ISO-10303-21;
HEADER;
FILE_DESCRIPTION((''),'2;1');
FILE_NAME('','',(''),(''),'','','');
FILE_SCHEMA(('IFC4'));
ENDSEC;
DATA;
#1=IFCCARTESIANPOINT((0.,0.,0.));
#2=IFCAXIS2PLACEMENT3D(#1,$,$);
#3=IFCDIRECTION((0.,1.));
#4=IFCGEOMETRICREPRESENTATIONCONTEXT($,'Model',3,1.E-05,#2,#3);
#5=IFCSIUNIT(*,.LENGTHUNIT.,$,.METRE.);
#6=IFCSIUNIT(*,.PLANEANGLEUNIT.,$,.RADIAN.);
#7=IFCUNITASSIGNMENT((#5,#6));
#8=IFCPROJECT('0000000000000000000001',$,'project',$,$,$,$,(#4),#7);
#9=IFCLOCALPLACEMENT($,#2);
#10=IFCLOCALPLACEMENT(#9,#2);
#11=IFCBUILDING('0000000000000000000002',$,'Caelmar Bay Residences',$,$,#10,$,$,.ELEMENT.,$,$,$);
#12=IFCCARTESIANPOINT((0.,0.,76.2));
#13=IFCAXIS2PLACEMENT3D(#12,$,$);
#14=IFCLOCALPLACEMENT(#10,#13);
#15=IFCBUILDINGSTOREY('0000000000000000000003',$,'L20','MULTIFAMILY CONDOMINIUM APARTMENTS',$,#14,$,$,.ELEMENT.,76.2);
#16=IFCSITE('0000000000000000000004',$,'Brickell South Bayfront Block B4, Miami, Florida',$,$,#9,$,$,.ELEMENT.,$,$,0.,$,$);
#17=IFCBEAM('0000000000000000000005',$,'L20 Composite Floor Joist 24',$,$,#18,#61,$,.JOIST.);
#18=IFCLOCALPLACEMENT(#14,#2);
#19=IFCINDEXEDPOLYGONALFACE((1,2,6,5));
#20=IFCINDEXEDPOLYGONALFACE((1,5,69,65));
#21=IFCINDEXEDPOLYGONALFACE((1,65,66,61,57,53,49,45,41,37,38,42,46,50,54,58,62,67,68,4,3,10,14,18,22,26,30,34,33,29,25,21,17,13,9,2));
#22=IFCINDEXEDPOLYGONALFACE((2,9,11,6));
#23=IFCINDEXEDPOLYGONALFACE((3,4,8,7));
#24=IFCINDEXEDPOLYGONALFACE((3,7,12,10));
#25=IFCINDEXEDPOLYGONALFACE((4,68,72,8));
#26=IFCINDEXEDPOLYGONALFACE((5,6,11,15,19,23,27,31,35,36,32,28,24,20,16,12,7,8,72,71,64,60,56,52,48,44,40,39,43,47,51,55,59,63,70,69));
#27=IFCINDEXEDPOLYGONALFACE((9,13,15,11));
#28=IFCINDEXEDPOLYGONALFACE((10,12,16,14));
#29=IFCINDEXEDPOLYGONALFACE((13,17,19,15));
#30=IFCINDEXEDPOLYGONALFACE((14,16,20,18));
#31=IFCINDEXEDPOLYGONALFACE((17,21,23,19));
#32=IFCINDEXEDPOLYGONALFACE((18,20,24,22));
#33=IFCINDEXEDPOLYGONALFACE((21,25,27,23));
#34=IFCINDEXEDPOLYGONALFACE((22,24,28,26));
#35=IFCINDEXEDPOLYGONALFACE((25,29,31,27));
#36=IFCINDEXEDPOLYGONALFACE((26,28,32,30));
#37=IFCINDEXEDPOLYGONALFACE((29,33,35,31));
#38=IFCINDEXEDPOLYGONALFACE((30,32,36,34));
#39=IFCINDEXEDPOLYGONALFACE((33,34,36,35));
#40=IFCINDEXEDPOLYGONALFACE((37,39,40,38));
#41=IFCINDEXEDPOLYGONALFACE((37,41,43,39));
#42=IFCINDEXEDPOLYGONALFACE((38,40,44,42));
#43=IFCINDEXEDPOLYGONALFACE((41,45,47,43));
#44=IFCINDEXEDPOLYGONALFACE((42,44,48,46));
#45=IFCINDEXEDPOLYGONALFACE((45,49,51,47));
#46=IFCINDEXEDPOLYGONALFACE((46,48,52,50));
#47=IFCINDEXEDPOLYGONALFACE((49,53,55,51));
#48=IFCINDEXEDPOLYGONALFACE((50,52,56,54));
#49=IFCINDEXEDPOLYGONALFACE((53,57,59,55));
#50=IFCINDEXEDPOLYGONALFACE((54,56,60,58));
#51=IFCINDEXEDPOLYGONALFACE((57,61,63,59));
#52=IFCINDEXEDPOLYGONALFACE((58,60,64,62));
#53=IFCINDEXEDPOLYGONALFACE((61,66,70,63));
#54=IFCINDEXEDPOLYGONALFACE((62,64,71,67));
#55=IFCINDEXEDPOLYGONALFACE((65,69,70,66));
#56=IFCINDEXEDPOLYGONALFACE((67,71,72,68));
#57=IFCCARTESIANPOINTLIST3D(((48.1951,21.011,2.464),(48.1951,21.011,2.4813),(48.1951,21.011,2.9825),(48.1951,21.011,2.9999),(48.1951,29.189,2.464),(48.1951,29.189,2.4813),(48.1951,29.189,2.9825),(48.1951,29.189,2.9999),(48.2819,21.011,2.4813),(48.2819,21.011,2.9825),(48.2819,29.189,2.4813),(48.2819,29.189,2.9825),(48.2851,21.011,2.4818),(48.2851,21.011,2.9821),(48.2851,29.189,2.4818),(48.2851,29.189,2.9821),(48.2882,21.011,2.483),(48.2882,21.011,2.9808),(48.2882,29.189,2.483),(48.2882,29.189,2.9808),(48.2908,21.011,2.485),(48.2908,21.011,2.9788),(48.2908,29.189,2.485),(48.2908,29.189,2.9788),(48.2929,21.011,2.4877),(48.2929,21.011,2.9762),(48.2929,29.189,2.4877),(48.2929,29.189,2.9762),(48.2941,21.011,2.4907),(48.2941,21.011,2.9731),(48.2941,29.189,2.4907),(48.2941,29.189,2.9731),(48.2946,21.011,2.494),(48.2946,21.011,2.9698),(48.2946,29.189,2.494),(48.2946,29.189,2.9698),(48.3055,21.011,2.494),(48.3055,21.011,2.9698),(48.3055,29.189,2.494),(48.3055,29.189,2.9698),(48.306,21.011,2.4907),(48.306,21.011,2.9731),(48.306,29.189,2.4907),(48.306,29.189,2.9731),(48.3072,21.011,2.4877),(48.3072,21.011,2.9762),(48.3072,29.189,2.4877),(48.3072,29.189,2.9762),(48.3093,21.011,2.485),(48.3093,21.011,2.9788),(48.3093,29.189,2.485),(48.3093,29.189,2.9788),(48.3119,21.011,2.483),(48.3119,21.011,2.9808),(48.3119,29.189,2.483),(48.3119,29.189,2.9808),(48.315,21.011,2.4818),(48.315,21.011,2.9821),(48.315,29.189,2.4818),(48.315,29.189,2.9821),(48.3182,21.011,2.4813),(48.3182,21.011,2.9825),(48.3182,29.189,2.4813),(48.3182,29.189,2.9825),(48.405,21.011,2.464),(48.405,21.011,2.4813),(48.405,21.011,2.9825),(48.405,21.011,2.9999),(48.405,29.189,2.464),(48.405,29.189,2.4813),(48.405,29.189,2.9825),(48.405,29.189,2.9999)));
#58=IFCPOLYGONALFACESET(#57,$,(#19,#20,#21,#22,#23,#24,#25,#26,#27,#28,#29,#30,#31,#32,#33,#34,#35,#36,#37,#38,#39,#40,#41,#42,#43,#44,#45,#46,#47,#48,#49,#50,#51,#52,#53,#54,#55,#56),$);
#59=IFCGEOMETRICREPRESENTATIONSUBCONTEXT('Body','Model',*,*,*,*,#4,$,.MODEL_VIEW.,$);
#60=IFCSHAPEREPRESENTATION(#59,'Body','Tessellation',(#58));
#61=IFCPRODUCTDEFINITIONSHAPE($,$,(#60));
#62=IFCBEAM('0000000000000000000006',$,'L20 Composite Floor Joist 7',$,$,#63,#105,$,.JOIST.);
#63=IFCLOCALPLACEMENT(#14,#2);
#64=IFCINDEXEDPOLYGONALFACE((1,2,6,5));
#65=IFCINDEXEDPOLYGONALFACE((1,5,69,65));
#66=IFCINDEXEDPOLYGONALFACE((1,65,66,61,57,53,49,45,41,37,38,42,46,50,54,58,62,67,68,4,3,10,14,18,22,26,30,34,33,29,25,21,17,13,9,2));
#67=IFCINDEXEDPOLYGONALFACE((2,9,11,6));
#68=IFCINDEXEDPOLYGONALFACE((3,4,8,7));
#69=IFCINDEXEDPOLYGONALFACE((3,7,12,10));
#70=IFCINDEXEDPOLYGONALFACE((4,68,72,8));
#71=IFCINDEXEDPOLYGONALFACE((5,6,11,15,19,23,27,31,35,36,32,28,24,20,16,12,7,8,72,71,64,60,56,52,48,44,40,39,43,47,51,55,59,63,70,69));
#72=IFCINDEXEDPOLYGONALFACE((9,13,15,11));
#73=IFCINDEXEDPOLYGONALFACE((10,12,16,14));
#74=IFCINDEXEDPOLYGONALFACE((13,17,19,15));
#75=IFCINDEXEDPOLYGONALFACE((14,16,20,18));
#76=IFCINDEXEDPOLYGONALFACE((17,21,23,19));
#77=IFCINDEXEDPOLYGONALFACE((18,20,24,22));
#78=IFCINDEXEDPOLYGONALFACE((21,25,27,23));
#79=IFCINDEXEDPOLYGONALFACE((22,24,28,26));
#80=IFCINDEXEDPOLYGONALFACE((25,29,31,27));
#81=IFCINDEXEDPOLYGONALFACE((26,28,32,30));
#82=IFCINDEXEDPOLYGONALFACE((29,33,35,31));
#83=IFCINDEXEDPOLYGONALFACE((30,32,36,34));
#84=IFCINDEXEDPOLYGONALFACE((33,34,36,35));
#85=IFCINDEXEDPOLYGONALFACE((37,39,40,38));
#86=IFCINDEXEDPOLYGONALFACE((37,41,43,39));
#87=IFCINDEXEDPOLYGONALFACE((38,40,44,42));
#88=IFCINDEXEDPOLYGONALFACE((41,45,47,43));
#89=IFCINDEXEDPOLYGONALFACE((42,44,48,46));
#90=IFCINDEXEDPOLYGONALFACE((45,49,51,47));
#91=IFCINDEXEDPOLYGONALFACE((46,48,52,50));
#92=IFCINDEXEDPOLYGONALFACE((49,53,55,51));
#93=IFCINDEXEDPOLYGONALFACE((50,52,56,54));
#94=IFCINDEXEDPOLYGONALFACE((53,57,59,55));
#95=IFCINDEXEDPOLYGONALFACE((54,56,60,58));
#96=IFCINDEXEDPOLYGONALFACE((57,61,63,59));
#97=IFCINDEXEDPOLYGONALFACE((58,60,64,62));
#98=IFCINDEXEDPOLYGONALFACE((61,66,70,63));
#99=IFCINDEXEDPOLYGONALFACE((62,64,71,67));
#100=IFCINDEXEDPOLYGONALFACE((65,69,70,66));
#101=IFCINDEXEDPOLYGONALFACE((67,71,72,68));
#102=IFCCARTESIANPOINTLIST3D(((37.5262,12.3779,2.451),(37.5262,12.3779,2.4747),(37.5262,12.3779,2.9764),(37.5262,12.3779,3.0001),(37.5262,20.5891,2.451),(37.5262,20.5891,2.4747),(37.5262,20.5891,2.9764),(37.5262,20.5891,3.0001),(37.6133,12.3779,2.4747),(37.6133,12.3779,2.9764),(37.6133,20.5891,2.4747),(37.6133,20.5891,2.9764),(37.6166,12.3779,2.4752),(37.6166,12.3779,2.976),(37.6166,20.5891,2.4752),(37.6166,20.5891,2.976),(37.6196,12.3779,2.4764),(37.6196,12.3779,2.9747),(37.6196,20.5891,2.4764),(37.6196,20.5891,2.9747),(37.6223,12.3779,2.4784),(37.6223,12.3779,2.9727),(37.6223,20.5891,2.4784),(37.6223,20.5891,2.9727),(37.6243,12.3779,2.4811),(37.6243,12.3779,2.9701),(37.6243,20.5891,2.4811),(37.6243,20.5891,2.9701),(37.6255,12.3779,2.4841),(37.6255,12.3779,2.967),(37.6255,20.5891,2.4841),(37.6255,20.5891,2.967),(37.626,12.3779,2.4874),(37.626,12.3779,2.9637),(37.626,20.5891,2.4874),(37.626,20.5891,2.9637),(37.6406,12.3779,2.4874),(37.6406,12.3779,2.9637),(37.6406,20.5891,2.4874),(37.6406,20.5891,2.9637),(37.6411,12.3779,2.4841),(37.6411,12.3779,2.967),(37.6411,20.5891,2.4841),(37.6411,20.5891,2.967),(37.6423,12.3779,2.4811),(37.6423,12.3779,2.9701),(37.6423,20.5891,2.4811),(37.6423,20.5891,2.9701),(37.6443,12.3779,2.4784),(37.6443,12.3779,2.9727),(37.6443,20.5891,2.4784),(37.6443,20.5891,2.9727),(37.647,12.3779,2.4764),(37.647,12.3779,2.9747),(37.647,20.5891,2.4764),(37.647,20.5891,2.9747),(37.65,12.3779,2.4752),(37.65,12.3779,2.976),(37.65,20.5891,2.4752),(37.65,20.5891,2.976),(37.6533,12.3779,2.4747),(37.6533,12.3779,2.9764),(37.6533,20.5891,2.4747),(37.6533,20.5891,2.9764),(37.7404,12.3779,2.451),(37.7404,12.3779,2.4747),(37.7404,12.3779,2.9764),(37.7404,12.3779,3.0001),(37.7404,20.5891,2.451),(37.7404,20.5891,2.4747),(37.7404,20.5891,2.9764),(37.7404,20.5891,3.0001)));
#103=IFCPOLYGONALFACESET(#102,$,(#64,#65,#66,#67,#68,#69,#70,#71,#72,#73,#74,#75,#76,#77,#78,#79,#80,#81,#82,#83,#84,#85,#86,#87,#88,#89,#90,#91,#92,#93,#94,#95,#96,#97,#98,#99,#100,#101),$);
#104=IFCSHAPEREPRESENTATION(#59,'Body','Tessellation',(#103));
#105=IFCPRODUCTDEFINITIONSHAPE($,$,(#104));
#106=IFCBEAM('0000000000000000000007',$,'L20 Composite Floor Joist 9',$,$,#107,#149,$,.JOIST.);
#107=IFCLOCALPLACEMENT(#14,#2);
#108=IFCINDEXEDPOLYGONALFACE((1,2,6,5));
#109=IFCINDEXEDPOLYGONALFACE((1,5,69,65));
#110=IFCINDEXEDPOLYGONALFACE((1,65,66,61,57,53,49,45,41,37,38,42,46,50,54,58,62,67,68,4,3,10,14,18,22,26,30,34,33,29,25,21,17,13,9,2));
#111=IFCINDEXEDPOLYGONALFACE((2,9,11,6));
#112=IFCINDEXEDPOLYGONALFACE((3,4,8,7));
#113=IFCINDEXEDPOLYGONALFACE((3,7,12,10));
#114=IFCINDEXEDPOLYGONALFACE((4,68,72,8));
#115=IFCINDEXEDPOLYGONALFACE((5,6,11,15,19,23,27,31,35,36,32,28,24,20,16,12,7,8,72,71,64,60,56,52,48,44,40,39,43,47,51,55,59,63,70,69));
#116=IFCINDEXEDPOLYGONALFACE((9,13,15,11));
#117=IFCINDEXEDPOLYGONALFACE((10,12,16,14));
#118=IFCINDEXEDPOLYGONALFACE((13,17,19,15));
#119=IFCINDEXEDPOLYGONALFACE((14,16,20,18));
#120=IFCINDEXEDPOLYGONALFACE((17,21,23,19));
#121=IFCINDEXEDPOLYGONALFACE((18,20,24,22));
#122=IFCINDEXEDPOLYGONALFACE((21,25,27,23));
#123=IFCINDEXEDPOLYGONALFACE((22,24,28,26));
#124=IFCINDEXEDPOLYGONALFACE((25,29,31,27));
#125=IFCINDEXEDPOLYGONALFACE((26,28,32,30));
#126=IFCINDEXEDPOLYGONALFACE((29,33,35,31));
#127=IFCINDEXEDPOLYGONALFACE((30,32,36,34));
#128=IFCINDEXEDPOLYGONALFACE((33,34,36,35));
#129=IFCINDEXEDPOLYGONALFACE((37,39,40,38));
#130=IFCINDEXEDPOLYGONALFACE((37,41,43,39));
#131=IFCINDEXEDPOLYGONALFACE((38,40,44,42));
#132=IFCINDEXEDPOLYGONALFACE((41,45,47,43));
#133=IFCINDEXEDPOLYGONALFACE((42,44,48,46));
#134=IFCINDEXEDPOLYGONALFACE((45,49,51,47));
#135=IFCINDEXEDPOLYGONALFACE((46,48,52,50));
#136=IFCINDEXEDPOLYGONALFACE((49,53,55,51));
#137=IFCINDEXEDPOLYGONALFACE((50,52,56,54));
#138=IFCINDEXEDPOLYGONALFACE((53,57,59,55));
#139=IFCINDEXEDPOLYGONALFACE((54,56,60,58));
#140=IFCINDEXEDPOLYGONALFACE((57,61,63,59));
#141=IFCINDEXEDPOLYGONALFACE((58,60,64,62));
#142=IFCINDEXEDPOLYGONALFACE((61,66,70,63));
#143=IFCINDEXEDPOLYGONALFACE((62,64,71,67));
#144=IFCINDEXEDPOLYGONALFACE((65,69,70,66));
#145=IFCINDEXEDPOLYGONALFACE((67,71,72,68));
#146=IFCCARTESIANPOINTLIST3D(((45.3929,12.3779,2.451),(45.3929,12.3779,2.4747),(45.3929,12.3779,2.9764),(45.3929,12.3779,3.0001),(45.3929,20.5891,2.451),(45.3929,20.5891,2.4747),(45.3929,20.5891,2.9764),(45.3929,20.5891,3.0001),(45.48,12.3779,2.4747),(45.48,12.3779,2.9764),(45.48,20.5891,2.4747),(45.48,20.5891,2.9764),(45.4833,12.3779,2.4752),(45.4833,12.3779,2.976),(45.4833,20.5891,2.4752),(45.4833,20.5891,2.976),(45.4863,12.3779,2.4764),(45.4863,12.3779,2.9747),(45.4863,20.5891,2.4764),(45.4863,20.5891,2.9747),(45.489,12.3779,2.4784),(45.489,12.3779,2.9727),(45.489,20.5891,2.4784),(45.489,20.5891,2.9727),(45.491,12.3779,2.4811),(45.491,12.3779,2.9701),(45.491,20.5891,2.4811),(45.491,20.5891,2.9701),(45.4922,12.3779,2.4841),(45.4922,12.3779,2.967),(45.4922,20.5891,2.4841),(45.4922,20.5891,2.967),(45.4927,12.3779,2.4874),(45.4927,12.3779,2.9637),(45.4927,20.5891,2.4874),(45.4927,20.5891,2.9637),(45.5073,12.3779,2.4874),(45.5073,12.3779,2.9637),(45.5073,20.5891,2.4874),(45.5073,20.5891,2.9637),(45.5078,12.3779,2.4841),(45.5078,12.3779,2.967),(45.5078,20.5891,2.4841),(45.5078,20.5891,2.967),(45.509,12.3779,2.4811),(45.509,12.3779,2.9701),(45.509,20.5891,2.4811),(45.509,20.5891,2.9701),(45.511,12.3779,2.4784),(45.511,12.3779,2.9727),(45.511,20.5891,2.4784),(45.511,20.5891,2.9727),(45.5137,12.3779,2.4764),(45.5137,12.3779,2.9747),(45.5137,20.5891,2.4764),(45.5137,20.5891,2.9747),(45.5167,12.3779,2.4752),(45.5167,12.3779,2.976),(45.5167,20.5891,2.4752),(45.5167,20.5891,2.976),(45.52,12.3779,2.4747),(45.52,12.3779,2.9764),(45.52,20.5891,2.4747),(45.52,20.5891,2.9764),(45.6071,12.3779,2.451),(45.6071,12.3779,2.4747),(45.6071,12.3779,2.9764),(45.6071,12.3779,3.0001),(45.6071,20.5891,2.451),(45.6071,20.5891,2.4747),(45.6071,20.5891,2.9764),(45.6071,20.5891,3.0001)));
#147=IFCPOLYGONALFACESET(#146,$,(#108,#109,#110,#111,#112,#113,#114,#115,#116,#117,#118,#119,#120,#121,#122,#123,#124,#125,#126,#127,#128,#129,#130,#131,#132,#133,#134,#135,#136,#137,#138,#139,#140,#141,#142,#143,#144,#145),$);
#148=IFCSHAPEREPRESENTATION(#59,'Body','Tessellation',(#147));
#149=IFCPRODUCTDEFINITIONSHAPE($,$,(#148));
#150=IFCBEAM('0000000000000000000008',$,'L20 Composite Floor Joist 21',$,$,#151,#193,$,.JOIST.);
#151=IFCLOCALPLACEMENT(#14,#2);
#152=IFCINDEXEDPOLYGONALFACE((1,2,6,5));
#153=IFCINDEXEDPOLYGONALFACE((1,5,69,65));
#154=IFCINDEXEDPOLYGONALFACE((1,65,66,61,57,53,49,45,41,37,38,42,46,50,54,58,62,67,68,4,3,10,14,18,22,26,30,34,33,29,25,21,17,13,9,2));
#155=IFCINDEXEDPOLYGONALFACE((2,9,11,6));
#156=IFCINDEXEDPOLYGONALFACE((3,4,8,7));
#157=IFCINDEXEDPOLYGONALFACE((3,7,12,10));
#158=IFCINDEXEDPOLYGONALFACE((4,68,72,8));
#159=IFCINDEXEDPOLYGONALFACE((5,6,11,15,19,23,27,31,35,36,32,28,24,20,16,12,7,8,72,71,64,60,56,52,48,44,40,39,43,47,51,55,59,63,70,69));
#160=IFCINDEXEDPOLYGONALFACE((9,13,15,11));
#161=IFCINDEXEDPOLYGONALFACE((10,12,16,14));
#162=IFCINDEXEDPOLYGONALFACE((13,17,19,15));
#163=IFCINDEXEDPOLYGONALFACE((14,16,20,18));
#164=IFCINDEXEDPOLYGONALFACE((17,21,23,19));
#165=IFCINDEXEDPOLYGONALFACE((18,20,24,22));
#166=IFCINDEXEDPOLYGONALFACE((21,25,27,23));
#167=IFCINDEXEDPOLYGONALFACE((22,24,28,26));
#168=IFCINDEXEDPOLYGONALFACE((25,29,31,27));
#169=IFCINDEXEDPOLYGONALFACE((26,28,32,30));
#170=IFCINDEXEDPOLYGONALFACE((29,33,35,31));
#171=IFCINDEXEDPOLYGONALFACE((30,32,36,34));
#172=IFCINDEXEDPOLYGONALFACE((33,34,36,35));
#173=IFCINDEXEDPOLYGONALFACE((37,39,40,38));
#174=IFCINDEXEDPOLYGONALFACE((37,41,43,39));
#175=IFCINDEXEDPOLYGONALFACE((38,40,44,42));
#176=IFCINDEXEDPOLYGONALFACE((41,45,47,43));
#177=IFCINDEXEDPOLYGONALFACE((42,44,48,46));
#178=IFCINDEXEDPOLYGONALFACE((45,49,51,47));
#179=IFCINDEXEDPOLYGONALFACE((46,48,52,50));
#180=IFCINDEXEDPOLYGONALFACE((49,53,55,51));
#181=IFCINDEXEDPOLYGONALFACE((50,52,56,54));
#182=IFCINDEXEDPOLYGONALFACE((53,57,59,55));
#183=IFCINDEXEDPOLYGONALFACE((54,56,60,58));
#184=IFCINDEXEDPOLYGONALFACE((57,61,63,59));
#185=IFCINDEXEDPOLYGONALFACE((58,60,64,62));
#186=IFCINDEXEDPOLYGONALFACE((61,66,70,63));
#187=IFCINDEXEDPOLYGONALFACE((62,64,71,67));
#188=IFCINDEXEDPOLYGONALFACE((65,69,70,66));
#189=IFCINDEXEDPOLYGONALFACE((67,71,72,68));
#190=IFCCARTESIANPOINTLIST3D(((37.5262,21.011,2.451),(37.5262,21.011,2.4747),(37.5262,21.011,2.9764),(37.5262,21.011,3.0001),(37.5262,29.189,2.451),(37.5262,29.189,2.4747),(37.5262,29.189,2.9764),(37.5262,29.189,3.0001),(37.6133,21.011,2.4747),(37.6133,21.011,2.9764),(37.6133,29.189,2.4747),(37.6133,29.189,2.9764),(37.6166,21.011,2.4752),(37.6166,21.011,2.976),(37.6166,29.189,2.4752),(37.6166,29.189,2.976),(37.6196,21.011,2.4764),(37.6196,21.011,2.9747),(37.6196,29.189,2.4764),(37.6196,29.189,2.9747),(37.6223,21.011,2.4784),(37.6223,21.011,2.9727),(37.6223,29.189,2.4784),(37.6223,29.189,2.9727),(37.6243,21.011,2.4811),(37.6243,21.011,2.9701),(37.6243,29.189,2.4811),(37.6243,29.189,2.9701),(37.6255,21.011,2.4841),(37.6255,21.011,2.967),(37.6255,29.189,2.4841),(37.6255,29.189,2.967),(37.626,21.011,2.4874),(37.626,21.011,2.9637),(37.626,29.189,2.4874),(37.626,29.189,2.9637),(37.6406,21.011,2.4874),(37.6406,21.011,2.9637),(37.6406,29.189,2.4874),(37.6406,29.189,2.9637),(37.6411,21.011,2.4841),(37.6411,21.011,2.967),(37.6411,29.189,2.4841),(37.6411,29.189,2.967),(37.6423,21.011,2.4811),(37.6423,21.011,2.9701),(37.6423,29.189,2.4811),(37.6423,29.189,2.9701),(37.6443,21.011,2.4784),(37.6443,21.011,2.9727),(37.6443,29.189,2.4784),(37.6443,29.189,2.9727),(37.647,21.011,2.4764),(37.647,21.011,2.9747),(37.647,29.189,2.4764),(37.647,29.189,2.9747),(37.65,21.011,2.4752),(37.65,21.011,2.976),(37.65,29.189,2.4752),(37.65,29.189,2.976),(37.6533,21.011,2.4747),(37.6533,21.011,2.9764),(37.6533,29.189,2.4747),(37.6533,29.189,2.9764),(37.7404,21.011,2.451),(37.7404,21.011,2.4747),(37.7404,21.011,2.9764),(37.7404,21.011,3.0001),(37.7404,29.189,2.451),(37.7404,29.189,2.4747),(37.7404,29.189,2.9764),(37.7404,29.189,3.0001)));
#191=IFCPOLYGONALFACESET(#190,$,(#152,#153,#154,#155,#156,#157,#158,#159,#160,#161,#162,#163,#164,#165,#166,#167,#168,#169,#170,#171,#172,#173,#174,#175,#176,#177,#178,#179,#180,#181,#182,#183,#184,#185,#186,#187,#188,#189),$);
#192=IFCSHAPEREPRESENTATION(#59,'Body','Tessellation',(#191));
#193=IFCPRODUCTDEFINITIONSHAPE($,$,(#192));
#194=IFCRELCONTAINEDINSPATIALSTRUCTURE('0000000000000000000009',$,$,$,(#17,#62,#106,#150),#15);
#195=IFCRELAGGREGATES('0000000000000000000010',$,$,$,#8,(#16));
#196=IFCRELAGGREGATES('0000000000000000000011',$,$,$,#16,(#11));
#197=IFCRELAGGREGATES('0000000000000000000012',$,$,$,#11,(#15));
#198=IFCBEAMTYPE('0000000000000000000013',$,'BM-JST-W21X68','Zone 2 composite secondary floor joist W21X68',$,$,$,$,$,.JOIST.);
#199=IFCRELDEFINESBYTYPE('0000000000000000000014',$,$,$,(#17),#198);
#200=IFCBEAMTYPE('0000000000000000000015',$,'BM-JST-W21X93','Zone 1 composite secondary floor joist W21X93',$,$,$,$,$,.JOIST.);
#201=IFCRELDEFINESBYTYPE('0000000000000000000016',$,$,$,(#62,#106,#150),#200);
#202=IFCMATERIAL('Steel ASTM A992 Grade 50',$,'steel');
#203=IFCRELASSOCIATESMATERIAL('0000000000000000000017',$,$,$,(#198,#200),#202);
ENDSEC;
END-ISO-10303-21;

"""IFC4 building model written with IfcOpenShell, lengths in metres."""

from ifc_helpers import new_model, si_unit, direction, frame, origin, origin_2d, place, context, subcontext, project, spatial, i_section, extrude, material, material_profile, profile_set, type_object, element, save


model = new_model("IFC4")

# Units and contexts
model_context = context("Model", 3, precision=1e-05, world=origin(), true_north=direction((0.0, 1.0)))
body_context = subcontext(model_context, "Body", "Model", "MODEL_VIEW")
ifc_project = project(units=[si_unit("LENGTHUNIT", "METRE"), si_unit("PLANEANGLEUNIT", "RADIAN")], contexts=[model_context])

# Site, building, storey
site_placement = place(None, origin())
site = spatial("IfcSite", under=ifc_project, at=site_placement, Name="Brickell South Bayfront Block B4, Miami, Florida", CompositionType="ELEMENT", RefElevation=0.0)
building_placement = place(site_placement, origin())
building = spatial("IfcBuilding", under=site, at=building_placement, Name="Caelmar Bay Residences", CompositionType="ELEMENT")
storey_placement = place(building_placement, frame((0.0, 0.0, 76.2)))
storey = spatial("IfcBuildingStorey", under=building, at=storey_placement, Name="L20", Description="MULTIFAMILY CONDOMINIUM APARTMENTS", CompositionType="ELEMENT", Elevation=76.2)

# Beams
ifc_material_1 = material(Name="Steel ASTM A992 Grade 50", Category="steel")
ifc_material_profile_1 = material_profile(ifc_material_1, i_section(OverallWidth=0.21, OverallDepth=0.5359, WebThickness=0.011, FlangeThickness=0.0173, FilletRadius=0.0127, at=origin_2d()), Name="W21X68")
ifc_profile_set_1 = profile_set([ifc_material_profile_1], Name="Steel ASTM A992 Grade 50")
beam_type_1 = type_object("IfcBeamType", Name="BM-JST-W21X68", Description="Zone 2 composite secondary floor joist W21X68", PredefinedType="JOIST", material=ifc_profile_set_1)
for number, where, z_axis, x_axis, name in (
    (1, (48.3, 21.011, 2.7319), (0.0, 1.0, 0.0), (-1.0, 0.0, 0.0), "L20 Composite Floor Joist 24"),
):
    element("IfcBeam", number, at=place(storey_placement, frame(where, z_axis=z_axis, x_axis=x_axis)), inside=storey, type_object=beam_type_1, Name=name, PredefinedType="JOIST", context=body_context, shape_type="SweptSolid", body=[
        extrude(i_section(OverallWidth=0.21, OverallDepth=0.5359, WebThickness=0.011, FlangeThickness=0.0173, FilletRadius=0.0127, at=origin_2d()), origin(), (0.0, 0.0, 1.0), 8.178),
    ])
ifc_material_profile_2 = material_profile(ifc_material_1, i_section(OverallWidth=0.2141, OverallDepth=0.5491, WebThickness=0.0146, FlangeThickness=0.0237, FilletRadius=0.0127, at=origin_2d()), Name="W21X93")
ifc_profile_set_2 = profile_set([ifc_material_profile_2], Name="Steel ASTM A992 Grade 50")
beam_type_2 = type_object("IfcBeamType", Name="BM-JST-W21X93", Description="Zone 1 composite secondary floor joist W21X93", PredefinedType="JOIST", material=ifc_profile_set_2)
for number, where, z_axis, x_axis, name in (
    (2, (37.6333, 12.3779, 2.7256), (0.0, 1.0, 0.0), (-1.0, 0.0, 0.0), "L20 Composite Floor Joist 7"),
    (3, (45.5, 12.3779, 2.7256), (0.0, 1.0, 0.0), (-1.0, 0.0, 0.0), "L20 Composite Floor Joist 9"),
):
    element("IfcBeam", number, at=place(storey_placement, frame(where, z_axis=z_axis, x_axis=x_axis)), inside=storey, type_object=beam_type_2, Name=name, PredefinedType="JOIST", context=body_context, shape_type="SweptSolid", body=[
        extrude(i_section(OverallWidth=0.2141, OverallDepth=0.5491, WebThickness=0.0146, FlangeThickness=0.0237, FilletRadius=0.0127, at=origin_2d()), origin(), (0.0, 0.0, 1.0), 8.2112),
    ])
for number, where, z_axis, x_axis, name in (
    (4, (37.6333, 21.011, 2.7256), (0.0, 1.0, 0.0), (-1.0, 0.0, 0.0), "L20 Composite Floor Joist 21"),
):
    element("IfcBeam", number, at=place(storey_placement, frame(where, z_axis=z_axis, x_axis=x_axis)), inside=storey, type_object=beam_type_2, Name=name, PredefinedType="JOIST", context=body_context, shape_type="SweptSolid", body=[
        extrude(i_section(OverallWidth=0.2141, OverallDepth=0.5491, WebThickness=0.0146, FlangeThickness=0.0237, FilletRadius=0.0127, at=origin_2d()), origin(), (0.0, 0.0, 1.0), 8.178),
    ])

save(model, "model.ifc")
